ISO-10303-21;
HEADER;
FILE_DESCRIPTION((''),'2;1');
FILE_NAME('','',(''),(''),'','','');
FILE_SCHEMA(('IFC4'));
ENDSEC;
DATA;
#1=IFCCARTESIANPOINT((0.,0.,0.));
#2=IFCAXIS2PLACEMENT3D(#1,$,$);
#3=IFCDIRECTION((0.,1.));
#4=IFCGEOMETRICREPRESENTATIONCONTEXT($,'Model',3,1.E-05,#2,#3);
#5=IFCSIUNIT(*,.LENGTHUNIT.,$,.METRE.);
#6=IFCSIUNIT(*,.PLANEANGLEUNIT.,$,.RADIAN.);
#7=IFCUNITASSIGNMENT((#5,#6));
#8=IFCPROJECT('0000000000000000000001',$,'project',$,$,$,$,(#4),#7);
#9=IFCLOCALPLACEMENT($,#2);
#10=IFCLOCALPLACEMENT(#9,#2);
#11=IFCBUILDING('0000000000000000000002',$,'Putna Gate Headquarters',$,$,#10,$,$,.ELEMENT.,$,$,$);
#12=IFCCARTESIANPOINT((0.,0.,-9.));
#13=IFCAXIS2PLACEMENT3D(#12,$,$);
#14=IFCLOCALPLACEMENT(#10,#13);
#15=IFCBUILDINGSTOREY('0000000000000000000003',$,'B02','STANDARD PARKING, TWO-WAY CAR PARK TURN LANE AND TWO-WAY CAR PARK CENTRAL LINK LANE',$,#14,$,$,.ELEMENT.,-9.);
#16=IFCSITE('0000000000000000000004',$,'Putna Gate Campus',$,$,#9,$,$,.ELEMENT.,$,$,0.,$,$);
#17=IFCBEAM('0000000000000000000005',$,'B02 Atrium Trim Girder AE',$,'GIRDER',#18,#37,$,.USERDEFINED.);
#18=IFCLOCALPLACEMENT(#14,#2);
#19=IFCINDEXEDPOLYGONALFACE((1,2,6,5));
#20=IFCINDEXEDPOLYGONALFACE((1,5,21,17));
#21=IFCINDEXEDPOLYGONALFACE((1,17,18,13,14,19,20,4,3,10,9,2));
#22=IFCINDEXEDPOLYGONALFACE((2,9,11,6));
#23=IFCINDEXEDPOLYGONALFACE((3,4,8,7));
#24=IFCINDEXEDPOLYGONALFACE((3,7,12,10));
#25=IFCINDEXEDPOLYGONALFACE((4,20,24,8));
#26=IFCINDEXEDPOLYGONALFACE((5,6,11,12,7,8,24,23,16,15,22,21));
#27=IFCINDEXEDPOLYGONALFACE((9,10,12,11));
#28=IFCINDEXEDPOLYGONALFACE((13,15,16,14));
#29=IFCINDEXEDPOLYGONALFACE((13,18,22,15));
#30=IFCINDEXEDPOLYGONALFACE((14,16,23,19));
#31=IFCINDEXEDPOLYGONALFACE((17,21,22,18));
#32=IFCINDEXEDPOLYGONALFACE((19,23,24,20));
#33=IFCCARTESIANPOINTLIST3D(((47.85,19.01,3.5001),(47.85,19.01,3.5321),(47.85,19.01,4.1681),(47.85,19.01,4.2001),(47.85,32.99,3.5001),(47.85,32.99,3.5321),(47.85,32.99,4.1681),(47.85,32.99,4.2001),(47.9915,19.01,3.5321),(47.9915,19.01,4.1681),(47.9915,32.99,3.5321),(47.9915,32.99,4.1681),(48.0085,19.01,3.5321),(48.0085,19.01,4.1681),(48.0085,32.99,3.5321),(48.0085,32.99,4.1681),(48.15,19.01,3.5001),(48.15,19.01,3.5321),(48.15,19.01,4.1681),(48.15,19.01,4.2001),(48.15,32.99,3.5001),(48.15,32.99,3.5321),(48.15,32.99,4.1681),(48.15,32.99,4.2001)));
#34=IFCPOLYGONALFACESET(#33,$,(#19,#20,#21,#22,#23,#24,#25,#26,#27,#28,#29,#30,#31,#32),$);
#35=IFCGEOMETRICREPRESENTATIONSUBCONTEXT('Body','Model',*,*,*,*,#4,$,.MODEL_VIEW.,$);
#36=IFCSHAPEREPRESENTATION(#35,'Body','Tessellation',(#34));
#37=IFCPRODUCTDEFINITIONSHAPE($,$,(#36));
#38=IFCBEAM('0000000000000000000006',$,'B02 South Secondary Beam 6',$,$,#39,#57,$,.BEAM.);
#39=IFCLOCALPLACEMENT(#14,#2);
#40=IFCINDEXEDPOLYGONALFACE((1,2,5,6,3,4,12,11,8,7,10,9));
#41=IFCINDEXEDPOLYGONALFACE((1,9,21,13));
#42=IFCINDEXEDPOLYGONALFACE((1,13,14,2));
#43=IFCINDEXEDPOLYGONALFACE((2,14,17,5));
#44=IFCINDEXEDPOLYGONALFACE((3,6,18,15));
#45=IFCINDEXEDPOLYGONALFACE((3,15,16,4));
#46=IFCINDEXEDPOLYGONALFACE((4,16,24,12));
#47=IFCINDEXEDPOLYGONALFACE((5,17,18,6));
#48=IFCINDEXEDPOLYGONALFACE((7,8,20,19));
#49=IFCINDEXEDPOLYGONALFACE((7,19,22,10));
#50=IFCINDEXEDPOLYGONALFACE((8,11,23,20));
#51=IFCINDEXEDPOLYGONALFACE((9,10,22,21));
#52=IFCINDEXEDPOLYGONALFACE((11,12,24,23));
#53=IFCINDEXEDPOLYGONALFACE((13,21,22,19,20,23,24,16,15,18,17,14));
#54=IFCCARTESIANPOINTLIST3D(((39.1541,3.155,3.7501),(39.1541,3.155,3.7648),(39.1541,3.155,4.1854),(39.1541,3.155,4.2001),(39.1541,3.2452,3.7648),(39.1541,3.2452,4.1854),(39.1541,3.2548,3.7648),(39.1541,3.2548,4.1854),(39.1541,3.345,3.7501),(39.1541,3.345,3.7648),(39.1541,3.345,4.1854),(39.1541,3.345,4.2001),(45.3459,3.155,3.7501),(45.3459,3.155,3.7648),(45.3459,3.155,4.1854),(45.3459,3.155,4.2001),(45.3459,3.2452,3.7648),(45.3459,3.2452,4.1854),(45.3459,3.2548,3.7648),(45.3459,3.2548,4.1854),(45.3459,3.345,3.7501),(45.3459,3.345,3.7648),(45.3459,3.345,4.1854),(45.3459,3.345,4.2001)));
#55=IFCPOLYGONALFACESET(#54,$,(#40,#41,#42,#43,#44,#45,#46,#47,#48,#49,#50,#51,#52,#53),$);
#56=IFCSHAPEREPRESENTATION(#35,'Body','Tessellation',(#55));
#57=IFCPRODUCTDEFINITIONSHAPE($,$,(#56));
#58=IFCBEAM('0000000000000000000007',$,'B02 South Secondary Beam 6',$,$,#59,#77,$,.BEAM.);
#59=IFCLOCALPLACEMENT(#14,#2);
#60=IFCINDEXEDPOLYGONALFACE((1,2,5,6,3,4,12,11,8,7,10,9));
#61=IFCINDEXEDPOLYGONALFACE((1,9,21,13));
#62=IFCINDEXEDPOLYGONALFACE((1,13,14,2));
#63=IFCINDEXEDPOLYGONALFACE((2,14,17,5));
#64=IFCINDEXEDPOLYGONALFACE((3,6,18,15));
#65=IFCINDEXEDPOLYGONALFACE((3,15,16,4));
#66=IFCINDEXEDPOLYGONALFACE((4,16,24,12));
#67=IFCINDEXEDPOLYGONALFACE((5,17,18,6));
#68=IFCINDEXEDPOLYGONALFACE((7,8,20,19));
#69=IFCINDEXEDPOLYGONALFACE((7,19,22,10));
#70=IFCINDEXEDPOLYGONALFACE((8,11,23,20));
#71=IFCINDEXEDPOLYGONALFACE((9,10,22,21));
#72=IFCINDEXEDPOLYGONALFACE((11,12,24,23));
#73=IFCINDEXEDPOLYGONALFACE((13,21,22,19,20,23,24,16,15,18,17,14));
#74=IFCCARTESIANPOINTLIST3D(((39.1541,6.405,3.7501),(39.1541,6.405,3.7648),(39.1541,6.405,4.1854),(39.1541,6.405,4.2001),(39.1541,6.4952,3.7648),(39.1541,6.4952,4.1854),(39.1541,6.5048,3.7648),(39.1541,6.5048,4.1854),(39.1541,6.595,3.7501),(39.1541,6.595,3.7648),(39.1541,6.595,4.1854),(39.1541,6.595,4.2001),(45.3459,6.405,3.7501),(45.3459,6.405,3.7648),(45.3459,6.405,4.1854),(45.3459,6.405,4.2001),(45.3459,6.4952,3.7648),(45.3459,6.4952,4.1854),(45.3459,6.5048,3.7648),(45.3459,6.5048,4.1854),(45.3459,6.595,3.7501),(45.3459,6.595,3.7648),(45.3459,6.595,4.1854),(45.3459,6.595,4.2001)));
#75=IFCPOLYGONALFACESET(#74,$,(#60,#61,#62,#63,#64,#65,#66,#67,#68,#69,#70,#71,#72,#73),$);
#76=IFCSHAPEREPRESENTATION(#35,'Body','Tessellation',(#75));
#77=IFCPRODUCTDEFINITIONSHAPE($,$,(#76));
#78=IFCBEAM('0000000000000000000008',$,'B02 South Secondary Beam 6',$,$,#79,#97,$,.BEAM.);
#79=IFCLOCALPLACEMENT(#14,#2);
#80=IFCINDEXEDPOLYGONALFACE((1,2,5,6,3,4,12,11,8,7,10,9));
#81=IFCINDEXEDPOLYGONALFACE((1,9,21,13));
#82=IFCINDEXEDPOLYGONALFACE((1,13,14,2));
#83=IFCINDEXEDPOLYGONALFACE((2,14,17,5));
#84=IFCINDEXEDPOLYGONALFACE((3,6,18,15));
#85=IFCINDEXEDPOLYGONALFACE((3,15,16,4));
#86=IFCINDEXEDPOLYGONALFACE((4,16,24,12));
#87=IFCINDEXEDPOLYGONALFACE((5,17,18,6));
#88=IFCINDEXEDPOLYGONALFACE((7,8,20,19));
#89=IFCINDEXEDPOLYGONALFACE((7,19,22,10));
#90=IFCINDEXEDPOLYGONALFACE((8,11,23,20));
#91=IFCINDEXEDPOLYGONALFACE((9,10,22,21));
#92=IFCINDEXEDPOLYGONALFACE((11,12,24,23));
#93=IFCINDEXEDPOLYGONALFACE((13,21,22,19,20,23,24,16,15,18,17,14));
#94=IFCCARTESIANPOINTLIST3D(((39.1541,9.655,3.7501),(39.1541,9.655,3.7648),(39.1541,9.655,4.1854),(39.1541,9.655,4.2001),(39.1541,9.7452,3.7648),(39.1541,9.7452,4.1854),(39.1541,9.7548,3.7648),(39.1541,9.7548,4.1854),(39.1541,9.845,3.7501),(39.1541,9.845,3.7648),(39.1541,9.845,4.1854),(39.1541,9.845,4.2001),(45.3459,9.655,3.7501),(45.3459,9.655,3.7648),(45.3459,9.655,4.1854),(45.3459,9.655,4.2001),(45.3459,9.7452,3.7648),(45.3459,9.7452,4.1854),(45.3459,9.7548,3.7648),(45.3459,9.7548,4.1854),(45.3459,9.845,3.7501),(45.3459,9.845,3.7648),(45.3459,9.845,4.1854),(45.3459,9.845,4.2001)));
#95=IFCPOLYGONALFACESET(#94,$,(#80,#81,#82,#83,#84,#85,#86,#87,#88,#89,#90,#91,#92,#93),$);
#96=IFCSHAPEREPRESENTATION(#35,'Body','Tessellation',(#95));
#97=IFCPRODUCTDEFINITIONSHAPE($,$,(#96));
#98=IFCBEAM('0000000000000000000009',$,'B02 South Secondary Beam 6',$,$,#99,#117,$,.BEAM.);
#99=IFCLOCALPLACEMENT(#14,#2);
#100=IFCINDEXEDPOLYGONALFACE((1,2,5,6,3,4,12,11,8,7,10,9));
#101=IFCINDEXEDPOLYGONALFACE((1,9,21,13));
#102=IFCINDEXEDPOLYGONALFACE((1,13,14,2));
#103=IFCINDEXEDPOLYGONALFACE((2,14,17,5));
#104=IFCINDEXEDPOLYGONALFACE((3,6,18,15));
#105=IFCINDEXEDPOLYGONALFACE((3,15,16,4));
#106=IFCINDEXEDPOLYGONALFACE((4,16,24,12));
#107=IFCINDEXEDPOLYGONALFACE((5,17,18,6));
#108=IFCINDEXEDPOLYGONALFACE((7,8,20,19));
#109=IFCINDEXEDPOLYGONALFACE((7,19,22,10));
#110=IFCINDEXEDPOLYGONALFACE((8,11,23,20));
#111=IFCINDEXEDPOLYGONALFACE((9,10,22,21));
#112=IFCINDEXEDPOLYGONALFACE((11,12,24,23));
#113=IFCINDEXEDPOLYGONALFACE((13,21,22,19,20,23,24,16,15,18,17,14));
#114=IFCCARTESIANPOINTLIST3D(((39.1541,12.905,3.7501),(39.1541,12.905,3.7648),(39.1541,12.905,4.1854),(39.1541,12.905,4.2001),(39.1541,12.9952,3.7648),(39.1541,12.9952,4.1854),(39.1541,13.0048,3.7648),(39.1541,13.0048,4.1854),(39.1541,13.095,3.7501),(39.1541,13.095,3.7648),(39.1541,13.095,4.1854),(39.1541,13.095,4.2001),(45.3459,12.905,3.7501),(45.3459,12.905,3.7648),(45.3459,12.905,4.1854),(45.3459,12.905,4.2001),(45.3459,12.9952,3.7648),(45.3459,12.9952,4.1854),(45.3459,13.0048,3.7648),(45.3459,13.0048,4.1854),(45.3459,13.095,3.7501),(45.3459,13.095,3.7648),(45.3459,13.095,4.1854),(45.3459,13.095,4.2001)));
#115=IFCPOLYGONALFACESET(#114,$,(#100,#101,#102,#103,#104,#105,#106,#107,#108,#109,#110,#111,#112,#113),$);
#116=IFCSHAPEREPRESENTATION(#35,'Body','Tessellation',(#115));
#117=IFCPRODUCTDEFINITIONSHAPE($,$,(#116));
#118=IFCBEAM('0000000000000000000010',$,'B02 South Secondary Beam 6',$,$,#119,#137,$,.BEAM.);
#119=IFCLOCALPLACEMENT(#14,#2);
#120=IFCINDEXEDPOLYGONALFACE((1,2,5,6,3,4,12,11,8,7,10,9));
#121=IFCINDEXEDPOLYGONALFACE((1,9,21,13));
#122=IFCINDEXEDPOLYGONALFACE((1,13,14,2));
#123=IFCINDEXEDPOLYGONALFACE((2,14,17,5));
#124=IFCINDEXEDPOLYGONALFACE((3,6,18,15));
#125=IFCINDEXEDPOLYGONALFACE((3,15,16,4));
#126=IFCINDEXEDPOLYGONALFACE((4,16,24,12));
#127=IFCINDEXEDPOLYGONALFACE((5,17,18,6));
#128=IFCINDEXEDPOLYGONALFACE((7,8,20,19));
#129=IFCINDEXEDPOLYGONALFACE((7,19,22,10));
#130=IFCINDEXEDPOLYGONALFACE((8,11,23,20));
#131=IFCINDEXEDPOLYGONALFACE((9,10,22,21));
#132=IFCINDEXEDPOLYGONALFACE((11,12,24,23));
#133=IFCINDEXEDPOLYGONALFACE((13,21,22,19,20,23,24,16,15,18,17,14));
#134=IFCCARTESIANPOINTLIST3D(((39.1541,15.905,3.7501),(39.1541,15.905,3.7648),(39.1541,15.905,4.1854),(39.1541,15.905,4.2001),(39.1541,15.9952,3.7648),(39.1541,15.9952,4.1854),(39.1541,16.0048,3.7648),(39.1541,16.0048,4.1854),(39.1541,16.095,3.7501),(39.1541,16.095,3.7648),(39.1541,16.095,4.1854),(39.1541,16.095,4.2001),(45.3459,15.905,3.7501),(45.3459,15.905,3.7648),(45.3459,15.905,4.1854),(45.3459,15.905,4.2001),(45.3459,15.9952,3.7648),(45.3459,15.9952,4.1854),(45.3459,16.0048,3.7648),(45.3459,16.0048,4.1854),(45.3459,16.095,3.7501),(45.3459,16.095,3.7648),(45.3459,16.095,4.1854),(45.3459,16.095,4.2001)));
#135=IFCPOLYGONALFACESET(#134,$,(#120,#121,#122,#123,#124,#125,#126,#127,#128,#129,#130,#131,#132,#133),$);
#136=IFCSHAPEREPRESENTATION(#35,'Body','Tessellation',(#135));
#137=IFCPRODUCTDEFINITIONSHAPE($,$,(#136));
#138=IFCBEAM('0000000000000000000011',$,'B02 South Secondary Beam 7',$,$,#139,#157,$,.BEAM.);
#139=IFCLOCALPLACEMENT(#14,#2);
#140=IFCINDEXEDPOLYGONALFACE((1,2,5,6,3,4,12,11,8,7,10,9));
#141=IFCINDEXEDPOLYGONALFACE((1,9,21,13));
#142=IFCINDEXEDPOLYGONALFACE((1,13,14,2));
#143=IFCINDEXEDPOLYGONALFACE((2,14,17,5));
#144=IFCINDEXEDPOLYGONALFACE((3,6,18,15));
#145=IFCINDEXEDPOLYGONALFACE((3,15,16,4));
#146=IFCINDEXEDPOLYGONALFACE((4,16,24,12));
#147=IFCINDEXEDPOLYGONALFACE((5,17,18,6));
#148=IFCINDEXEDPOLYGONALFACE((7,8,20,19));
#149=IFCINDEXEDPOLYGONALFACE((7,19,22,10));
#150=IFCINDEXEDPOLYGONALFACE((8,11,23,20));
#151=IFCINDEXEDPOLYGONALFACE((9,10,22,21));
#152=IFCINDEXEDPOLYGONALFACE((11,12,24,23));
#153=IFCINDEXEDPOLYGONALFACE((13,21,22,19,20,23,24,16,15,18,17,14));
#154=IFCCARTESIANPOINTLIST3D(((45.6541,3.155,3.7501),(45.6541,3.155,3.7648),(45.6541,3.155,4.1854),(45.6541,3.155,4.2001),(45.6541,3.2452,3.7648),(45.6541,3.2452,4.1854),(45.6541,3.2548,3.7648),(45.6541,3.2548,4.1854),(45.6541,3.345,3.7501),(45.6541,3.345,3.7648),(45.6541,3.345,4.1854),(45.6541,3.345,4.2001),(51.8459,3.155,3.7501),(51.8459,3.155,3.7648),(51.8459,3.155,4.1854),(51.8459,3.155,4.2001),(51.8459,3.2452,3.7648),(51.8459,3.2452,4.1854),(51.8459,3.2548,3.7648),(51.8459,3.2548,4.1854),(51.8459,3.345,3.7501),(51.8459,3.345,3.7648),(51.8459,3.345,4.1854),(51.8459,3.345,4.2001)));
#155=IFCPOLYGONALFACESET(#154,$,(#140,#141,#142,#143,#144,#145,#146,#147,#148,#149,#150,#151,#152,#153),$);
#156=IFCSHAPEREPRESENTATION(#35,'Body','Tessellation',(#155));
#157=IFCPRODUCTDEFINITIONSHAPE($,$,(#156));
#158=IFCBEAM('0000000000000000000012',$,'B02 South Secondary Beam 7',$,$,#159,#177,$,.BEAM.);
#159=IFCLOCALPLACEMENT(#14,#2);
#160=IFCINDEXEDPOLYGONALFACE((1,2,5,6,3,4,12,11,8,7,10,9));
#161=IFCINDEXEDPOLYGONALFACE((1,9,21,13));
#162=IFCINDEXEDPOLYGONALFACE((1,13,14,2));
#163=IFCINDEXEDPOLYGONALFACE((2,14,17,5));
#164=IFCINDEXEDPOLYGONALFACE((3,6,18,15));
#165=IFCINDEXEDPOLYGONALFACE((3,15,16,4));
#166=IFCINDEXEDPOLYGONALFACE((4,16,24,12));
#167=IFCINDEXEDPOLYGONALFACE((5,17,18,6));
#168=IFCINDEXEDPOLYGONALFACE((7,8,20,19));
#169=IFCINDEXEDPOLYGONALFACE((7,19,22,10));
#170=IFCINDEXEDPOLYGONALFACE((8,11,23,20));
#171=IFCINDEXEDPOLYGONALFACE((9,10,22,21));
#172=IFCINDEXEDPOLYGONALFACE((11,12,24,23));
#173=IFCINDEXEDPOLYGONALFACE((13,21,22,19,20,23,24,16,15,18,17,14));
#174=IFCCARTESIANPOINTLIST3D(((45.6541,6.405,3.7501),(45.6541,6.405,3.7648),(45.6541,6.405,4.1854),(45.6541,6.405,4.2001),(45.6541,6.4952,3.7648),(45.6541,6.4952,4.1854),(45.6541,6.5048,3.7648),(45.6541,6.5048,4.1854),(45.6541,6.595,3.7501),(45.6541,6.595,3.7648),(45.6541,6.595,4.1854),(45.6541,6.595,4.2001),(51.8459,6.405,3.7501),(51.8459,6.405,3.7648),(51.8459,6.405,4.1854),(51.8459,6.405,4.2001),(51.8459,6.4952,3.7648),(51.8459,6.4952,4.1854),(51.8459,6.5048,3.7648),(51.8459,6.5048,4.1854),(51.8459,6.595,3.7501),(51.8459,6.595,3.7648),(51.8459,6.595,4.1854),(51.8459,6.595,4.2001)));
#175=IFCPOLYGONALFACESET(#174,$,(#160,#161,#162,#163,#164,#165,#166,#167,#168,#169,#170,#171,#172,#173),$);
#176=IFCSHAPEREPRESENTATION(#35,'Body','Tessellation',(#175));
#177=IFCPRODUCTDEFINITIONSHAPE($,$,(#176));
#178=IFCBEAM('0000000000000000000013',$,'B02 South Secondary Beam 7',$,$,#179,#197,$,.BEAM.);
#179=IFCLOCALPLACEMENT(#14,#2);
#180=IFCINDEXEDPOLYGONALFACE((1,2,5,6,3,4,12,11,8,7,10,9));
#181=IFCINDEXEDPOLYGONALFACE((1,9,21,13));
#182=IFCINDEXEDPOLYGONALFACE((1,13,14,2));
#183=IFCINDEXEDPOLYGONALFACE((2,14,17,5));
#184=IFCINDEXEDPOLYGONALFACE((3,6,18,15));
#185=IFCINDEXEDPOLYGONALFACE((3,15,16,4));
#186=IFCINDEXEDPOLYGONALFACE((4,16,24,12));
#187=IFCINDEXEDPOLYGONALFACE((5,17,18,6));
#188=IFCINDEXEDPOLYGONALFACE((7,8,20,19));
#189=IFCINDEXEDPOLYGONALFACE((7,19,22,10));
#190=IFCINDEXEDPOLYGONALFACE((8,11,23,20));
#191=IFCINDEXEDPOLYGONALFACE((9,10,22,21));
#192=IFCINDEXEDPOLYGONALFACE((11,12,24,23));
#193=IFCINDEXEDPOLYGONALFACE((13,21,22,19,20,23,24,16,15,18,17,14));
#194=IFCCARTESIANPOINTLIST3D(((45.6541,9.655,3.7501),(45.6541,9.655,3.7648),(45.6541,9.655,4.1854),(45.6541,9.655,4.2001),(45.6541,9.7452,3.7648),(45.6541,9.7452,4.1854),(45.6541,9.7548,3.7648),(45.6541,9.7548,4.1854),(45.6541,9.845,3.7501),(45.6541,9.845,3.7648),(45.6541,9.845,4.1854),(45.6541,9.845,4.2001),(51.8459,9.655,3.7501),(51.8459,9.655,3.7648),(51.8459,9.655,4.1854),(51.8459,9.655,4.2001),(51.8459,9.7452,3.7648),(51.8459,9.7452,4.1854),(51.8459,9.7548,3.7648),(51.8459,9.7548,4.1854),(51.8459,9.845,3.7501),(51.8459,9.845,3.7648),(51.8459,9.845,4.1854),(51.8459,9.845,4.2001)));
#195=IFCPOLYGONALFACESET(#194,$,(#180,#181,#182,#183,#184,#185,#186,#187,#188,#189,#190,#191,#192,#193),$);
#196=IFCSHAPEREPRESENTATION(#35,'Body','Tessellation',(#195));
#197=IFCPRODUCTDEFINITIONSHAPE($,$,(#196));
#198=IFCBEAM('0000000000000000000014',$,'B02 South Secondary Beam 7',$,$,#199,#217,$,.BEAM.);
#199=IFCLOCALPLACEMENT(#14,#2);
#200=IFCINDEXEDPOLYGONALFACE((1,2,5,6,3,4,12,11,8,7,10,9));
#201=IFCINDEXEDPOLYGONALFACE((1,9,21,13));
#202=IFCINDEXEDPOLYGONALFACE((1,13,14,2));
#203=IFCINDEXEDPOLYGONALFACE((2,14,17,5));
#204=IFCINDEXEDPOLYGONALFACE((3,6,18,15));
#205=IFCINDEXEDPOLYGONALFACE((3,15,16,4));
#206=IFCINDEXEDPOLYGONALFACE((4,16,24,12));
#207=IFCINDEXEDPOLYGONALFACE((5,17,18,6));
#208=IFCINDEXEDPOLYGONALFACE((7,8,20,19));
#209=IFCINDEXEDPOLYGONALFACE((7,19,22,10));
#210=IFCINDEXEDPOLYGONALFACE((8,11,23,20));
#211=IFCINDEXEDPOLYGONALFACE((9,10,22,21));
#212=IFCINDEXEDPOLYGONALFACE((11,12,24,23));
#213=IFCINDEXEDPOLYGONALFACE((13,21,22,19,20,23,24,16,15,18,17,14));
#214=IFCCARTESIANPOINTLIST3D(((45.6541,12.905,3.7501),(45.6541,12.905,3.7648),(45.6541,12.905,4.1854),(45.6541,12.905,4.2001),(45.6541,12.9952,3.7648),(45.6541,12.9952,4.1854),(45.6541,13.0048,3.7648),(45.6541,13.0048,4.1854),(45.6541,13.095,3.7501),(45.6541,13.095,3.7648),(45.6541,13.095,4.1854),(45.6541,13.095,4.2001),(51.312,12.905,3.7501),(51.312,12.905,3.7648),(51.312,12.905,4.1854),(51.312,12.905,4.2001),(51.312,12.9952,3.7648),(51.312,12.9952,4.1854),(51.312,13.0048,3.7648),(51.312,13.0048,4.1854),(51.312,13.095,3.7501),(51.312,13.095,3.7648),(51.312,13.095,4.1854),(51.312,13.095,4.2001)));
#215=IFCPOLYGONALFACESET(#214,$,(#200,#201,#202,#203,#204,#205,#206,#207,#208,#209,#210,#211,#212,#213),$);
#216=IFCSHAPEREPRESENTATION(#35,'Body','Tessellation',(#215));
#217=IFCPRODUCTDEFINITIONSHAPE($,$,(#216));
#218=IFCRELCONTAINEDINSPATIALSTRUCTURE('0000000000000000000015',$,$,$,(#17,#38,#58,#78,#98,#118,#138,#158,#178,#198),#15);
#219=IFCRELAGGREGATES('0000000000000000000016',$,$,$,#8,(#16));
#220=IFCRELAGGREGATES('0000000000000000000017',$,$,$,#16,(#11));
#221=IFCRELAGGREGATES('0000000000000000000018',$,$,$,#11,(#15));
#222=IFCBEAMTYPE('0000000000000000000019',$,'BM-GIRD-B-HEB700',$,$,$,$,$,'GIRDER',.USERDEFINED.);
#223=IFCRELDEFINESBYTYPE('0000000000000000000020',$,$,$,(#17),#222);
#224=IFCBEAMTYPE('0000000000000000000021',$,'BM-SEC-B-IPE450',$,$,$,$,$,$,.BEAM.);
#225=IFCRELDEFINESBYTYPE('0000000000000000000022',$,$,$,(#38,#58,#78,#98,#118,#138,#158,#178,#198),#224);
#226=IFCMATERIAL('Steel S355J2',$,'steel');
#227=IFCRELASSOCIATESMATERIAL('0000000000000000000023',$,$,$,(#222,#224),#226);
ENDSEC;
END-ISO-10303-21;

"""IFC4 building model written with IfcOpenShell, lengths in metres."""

from ifc_helpers import new_model, si_unit, direction, frame, origin, origin_2d, place, context, subcontext, project, spatial, i_section, extrude, material, material_profile, profile_set, type_object, element, save


model = new_model("IFC4")

# Units and contexts
model_context = context("Model", 3, precision=1e-05, world=origin(), true_north=direction((0.0, 1.0)))
body_context = subcontext(model_context, "Body", "Model", "MODEL_VIEW")
ifc_project = project(units=[si_unit("LENGTHUNIT", "METRE"), si_unit("PLANEANGLEUNIT", "RADIAN")], contexts=[model_context])

# Site, building, storey
site_placement = place(None, origin())
site = spatial("IfcSite", under=ifc_project, at=site_placement, Name="Putna Gate Campus", CompositionType="ELEMENT", RefElevation=0.0)
building_placement = place(site_placement, origin())
building = spatial("IfcBuilding", under=site, at=building_placement, Name="Putna Gate Headquarters", CompositionType="ELEMENT")
storey_placement = place(building_placement, frame((0.0, 0.0, -9.0)))
storey = spatial("IfcBuildingStorey", under=building, at=storey_placement, Name="B02", Description="STANDARD PARKING, TWO-WAY CAR PARK TURN LANE AND TWO-WAY CAR PARK CENTRAL LINK LANE", CompositionType="ELEMENT", Elevation=-9.0)

# Beams
ifc_material_1 = material(Name="Steel S355J2", Category="steel")
ifc_material_profile_1 = material_profile(ifc_material_1, i_section(OverallWidth=0.3, OverallDepth=0.7, WebThickness=0.0171, FlangeThickness=0.032, at=origin_2d()), Name="Steel S355J2")
ifc_profile_set_1 = profile_set([ifc_material_profile_1], Name="Steel S355J2")
beam_type_1 = type_object("IfcBeamType", Name="BM-GIRD-B-HEB700", ElementType="GIRDER", PredefinedType="USERDEFINED", material=ifc_profile_set_1)
beam_1_placement = place(storey_placement, frame((48.0, 19.01, 3.8501), z_axis=(0.0, 1.0, 0.0), x_axis=(-1.0, 0.0, 0.0)))
element("IfcBeam", 1, at=beam_1_placement, inside=storey, type_object=beam_type_1, Name="B02 Atrium Trim Girder AE", ObjectType="GIRDER", PredefinedType="USERDEFINED", context=body_context, shape_type="SweptSolid", body=[
    extrude(i_section(OverallWidth=0.3, OverallDepth=0.7, WebThickness=0.0171, FlangeThickness=0.032, at=origin_2d()), origin(), (0.0, 0.0, 1.0), 13.98),
])
ifc_material_profile_2 = material_profile(ifc_material_1, i_section(OverallWidth=0.1899, OverallDepth=0.45, WebThickness=0.0095, FlangeThickness=0.0146, at=origin_2d()), Name="Steel S355J2")
ifc_profile_set_2 = profile_set([ifc_material_profile_2], Name="Steel S355J2")
beam_type_2 = type_object("IfcBeamType", Name="BM-SEC-B-IPE450", PredefinedType="BEAM", material=ifc_profile_set_2)
for number, where, z_axis, x_axis, name in (
    (2, (39.1541, 3.25, 3.9751), (1.0, 0.0, 0.0), (0.0, 1.0, 0.0), "B02 South Secondary Beam 6"),
    (3, (39.1541, 6.5, 3.9751), (1.0, 0.0, 0.0), (0.0, 1.0, 0.0), "B02 South Secondary Beam 6"),
    (4, (39.1541, 9.75, 3.9751), (1.0, 0.0, 0.0), (0.0, 1.0, 0.0), "B02 South Secondary Beam 6"),
    (5, (39.1541, 13.0, 3.9751), (1.0, 0.0, 0.0), (0.0, 1.0, 0.0), "B02 South Secondary Beam 6"),
    (6, (39.1541, 16.0, 3.9751), (1.0, 0.0, 0.0), (0.0, 1.0, 0.0), "B02 South Secondary Beam 6"),
    (7, (45.6541, 3.25, 3.9751), (1.0, 0.0, 0.0), (0.0, 1.0, 0.0), "B02 South Secondary Beam 7"),
    (8, (45.6541, 6.5, 3.9751), (1.0, 0.0, 0.0), (0.0, 1.0, 0.0), "B02 South Secondary Beam 7"),
    (9, (45.6541, 9.75, 3.9751), (1.0, 0.0, 0.0), (0.0, 1.0, 0.0), "B02 South Secondary Beam 7"),
):
    element("IfcBeam", number, at=place(storey_placement, frame(where, z_axis=z_axis, x_axis=x_axis)), inside=storey, type_object=beam_type_2, Name=name, PredefinedType="BEAM", context=body_context, shape_type="SweptSolid", body=[
        extrude(i_section(OverallWidth=0.1899, OverallDepth=0.45, WebThickness=0.0095, FlangeThickness=0.0146, at=origin_2d()), origin(), (0.0, 0.0, 1.0), 6.1919),
    ])
beam_2_placement = place(storey_placement, frame((45.6541, 13.0, 3.9751), z_axis=(1.0, 0.0, 0.0), x_axis=(0.0, 1.0, 0.0)))
element("IfcBeam", 10, at=beam_2_placement, inside=storey, type_object=beam_type_2, Name="B02 South Secondary Beam 7", PredefinedType="BEAM", context=body_context, shape_type="SweptSolid", body=[
    extrude(i_section(OverallWidth=0.1899, OverallDepth=0.45, WebThickness=0.0095, FlangeThickness=0.0146, at=origin_2d()), origin(), (0.0, 0.0, 1.0), 5.658),
])

save(model, "model.ifc")
